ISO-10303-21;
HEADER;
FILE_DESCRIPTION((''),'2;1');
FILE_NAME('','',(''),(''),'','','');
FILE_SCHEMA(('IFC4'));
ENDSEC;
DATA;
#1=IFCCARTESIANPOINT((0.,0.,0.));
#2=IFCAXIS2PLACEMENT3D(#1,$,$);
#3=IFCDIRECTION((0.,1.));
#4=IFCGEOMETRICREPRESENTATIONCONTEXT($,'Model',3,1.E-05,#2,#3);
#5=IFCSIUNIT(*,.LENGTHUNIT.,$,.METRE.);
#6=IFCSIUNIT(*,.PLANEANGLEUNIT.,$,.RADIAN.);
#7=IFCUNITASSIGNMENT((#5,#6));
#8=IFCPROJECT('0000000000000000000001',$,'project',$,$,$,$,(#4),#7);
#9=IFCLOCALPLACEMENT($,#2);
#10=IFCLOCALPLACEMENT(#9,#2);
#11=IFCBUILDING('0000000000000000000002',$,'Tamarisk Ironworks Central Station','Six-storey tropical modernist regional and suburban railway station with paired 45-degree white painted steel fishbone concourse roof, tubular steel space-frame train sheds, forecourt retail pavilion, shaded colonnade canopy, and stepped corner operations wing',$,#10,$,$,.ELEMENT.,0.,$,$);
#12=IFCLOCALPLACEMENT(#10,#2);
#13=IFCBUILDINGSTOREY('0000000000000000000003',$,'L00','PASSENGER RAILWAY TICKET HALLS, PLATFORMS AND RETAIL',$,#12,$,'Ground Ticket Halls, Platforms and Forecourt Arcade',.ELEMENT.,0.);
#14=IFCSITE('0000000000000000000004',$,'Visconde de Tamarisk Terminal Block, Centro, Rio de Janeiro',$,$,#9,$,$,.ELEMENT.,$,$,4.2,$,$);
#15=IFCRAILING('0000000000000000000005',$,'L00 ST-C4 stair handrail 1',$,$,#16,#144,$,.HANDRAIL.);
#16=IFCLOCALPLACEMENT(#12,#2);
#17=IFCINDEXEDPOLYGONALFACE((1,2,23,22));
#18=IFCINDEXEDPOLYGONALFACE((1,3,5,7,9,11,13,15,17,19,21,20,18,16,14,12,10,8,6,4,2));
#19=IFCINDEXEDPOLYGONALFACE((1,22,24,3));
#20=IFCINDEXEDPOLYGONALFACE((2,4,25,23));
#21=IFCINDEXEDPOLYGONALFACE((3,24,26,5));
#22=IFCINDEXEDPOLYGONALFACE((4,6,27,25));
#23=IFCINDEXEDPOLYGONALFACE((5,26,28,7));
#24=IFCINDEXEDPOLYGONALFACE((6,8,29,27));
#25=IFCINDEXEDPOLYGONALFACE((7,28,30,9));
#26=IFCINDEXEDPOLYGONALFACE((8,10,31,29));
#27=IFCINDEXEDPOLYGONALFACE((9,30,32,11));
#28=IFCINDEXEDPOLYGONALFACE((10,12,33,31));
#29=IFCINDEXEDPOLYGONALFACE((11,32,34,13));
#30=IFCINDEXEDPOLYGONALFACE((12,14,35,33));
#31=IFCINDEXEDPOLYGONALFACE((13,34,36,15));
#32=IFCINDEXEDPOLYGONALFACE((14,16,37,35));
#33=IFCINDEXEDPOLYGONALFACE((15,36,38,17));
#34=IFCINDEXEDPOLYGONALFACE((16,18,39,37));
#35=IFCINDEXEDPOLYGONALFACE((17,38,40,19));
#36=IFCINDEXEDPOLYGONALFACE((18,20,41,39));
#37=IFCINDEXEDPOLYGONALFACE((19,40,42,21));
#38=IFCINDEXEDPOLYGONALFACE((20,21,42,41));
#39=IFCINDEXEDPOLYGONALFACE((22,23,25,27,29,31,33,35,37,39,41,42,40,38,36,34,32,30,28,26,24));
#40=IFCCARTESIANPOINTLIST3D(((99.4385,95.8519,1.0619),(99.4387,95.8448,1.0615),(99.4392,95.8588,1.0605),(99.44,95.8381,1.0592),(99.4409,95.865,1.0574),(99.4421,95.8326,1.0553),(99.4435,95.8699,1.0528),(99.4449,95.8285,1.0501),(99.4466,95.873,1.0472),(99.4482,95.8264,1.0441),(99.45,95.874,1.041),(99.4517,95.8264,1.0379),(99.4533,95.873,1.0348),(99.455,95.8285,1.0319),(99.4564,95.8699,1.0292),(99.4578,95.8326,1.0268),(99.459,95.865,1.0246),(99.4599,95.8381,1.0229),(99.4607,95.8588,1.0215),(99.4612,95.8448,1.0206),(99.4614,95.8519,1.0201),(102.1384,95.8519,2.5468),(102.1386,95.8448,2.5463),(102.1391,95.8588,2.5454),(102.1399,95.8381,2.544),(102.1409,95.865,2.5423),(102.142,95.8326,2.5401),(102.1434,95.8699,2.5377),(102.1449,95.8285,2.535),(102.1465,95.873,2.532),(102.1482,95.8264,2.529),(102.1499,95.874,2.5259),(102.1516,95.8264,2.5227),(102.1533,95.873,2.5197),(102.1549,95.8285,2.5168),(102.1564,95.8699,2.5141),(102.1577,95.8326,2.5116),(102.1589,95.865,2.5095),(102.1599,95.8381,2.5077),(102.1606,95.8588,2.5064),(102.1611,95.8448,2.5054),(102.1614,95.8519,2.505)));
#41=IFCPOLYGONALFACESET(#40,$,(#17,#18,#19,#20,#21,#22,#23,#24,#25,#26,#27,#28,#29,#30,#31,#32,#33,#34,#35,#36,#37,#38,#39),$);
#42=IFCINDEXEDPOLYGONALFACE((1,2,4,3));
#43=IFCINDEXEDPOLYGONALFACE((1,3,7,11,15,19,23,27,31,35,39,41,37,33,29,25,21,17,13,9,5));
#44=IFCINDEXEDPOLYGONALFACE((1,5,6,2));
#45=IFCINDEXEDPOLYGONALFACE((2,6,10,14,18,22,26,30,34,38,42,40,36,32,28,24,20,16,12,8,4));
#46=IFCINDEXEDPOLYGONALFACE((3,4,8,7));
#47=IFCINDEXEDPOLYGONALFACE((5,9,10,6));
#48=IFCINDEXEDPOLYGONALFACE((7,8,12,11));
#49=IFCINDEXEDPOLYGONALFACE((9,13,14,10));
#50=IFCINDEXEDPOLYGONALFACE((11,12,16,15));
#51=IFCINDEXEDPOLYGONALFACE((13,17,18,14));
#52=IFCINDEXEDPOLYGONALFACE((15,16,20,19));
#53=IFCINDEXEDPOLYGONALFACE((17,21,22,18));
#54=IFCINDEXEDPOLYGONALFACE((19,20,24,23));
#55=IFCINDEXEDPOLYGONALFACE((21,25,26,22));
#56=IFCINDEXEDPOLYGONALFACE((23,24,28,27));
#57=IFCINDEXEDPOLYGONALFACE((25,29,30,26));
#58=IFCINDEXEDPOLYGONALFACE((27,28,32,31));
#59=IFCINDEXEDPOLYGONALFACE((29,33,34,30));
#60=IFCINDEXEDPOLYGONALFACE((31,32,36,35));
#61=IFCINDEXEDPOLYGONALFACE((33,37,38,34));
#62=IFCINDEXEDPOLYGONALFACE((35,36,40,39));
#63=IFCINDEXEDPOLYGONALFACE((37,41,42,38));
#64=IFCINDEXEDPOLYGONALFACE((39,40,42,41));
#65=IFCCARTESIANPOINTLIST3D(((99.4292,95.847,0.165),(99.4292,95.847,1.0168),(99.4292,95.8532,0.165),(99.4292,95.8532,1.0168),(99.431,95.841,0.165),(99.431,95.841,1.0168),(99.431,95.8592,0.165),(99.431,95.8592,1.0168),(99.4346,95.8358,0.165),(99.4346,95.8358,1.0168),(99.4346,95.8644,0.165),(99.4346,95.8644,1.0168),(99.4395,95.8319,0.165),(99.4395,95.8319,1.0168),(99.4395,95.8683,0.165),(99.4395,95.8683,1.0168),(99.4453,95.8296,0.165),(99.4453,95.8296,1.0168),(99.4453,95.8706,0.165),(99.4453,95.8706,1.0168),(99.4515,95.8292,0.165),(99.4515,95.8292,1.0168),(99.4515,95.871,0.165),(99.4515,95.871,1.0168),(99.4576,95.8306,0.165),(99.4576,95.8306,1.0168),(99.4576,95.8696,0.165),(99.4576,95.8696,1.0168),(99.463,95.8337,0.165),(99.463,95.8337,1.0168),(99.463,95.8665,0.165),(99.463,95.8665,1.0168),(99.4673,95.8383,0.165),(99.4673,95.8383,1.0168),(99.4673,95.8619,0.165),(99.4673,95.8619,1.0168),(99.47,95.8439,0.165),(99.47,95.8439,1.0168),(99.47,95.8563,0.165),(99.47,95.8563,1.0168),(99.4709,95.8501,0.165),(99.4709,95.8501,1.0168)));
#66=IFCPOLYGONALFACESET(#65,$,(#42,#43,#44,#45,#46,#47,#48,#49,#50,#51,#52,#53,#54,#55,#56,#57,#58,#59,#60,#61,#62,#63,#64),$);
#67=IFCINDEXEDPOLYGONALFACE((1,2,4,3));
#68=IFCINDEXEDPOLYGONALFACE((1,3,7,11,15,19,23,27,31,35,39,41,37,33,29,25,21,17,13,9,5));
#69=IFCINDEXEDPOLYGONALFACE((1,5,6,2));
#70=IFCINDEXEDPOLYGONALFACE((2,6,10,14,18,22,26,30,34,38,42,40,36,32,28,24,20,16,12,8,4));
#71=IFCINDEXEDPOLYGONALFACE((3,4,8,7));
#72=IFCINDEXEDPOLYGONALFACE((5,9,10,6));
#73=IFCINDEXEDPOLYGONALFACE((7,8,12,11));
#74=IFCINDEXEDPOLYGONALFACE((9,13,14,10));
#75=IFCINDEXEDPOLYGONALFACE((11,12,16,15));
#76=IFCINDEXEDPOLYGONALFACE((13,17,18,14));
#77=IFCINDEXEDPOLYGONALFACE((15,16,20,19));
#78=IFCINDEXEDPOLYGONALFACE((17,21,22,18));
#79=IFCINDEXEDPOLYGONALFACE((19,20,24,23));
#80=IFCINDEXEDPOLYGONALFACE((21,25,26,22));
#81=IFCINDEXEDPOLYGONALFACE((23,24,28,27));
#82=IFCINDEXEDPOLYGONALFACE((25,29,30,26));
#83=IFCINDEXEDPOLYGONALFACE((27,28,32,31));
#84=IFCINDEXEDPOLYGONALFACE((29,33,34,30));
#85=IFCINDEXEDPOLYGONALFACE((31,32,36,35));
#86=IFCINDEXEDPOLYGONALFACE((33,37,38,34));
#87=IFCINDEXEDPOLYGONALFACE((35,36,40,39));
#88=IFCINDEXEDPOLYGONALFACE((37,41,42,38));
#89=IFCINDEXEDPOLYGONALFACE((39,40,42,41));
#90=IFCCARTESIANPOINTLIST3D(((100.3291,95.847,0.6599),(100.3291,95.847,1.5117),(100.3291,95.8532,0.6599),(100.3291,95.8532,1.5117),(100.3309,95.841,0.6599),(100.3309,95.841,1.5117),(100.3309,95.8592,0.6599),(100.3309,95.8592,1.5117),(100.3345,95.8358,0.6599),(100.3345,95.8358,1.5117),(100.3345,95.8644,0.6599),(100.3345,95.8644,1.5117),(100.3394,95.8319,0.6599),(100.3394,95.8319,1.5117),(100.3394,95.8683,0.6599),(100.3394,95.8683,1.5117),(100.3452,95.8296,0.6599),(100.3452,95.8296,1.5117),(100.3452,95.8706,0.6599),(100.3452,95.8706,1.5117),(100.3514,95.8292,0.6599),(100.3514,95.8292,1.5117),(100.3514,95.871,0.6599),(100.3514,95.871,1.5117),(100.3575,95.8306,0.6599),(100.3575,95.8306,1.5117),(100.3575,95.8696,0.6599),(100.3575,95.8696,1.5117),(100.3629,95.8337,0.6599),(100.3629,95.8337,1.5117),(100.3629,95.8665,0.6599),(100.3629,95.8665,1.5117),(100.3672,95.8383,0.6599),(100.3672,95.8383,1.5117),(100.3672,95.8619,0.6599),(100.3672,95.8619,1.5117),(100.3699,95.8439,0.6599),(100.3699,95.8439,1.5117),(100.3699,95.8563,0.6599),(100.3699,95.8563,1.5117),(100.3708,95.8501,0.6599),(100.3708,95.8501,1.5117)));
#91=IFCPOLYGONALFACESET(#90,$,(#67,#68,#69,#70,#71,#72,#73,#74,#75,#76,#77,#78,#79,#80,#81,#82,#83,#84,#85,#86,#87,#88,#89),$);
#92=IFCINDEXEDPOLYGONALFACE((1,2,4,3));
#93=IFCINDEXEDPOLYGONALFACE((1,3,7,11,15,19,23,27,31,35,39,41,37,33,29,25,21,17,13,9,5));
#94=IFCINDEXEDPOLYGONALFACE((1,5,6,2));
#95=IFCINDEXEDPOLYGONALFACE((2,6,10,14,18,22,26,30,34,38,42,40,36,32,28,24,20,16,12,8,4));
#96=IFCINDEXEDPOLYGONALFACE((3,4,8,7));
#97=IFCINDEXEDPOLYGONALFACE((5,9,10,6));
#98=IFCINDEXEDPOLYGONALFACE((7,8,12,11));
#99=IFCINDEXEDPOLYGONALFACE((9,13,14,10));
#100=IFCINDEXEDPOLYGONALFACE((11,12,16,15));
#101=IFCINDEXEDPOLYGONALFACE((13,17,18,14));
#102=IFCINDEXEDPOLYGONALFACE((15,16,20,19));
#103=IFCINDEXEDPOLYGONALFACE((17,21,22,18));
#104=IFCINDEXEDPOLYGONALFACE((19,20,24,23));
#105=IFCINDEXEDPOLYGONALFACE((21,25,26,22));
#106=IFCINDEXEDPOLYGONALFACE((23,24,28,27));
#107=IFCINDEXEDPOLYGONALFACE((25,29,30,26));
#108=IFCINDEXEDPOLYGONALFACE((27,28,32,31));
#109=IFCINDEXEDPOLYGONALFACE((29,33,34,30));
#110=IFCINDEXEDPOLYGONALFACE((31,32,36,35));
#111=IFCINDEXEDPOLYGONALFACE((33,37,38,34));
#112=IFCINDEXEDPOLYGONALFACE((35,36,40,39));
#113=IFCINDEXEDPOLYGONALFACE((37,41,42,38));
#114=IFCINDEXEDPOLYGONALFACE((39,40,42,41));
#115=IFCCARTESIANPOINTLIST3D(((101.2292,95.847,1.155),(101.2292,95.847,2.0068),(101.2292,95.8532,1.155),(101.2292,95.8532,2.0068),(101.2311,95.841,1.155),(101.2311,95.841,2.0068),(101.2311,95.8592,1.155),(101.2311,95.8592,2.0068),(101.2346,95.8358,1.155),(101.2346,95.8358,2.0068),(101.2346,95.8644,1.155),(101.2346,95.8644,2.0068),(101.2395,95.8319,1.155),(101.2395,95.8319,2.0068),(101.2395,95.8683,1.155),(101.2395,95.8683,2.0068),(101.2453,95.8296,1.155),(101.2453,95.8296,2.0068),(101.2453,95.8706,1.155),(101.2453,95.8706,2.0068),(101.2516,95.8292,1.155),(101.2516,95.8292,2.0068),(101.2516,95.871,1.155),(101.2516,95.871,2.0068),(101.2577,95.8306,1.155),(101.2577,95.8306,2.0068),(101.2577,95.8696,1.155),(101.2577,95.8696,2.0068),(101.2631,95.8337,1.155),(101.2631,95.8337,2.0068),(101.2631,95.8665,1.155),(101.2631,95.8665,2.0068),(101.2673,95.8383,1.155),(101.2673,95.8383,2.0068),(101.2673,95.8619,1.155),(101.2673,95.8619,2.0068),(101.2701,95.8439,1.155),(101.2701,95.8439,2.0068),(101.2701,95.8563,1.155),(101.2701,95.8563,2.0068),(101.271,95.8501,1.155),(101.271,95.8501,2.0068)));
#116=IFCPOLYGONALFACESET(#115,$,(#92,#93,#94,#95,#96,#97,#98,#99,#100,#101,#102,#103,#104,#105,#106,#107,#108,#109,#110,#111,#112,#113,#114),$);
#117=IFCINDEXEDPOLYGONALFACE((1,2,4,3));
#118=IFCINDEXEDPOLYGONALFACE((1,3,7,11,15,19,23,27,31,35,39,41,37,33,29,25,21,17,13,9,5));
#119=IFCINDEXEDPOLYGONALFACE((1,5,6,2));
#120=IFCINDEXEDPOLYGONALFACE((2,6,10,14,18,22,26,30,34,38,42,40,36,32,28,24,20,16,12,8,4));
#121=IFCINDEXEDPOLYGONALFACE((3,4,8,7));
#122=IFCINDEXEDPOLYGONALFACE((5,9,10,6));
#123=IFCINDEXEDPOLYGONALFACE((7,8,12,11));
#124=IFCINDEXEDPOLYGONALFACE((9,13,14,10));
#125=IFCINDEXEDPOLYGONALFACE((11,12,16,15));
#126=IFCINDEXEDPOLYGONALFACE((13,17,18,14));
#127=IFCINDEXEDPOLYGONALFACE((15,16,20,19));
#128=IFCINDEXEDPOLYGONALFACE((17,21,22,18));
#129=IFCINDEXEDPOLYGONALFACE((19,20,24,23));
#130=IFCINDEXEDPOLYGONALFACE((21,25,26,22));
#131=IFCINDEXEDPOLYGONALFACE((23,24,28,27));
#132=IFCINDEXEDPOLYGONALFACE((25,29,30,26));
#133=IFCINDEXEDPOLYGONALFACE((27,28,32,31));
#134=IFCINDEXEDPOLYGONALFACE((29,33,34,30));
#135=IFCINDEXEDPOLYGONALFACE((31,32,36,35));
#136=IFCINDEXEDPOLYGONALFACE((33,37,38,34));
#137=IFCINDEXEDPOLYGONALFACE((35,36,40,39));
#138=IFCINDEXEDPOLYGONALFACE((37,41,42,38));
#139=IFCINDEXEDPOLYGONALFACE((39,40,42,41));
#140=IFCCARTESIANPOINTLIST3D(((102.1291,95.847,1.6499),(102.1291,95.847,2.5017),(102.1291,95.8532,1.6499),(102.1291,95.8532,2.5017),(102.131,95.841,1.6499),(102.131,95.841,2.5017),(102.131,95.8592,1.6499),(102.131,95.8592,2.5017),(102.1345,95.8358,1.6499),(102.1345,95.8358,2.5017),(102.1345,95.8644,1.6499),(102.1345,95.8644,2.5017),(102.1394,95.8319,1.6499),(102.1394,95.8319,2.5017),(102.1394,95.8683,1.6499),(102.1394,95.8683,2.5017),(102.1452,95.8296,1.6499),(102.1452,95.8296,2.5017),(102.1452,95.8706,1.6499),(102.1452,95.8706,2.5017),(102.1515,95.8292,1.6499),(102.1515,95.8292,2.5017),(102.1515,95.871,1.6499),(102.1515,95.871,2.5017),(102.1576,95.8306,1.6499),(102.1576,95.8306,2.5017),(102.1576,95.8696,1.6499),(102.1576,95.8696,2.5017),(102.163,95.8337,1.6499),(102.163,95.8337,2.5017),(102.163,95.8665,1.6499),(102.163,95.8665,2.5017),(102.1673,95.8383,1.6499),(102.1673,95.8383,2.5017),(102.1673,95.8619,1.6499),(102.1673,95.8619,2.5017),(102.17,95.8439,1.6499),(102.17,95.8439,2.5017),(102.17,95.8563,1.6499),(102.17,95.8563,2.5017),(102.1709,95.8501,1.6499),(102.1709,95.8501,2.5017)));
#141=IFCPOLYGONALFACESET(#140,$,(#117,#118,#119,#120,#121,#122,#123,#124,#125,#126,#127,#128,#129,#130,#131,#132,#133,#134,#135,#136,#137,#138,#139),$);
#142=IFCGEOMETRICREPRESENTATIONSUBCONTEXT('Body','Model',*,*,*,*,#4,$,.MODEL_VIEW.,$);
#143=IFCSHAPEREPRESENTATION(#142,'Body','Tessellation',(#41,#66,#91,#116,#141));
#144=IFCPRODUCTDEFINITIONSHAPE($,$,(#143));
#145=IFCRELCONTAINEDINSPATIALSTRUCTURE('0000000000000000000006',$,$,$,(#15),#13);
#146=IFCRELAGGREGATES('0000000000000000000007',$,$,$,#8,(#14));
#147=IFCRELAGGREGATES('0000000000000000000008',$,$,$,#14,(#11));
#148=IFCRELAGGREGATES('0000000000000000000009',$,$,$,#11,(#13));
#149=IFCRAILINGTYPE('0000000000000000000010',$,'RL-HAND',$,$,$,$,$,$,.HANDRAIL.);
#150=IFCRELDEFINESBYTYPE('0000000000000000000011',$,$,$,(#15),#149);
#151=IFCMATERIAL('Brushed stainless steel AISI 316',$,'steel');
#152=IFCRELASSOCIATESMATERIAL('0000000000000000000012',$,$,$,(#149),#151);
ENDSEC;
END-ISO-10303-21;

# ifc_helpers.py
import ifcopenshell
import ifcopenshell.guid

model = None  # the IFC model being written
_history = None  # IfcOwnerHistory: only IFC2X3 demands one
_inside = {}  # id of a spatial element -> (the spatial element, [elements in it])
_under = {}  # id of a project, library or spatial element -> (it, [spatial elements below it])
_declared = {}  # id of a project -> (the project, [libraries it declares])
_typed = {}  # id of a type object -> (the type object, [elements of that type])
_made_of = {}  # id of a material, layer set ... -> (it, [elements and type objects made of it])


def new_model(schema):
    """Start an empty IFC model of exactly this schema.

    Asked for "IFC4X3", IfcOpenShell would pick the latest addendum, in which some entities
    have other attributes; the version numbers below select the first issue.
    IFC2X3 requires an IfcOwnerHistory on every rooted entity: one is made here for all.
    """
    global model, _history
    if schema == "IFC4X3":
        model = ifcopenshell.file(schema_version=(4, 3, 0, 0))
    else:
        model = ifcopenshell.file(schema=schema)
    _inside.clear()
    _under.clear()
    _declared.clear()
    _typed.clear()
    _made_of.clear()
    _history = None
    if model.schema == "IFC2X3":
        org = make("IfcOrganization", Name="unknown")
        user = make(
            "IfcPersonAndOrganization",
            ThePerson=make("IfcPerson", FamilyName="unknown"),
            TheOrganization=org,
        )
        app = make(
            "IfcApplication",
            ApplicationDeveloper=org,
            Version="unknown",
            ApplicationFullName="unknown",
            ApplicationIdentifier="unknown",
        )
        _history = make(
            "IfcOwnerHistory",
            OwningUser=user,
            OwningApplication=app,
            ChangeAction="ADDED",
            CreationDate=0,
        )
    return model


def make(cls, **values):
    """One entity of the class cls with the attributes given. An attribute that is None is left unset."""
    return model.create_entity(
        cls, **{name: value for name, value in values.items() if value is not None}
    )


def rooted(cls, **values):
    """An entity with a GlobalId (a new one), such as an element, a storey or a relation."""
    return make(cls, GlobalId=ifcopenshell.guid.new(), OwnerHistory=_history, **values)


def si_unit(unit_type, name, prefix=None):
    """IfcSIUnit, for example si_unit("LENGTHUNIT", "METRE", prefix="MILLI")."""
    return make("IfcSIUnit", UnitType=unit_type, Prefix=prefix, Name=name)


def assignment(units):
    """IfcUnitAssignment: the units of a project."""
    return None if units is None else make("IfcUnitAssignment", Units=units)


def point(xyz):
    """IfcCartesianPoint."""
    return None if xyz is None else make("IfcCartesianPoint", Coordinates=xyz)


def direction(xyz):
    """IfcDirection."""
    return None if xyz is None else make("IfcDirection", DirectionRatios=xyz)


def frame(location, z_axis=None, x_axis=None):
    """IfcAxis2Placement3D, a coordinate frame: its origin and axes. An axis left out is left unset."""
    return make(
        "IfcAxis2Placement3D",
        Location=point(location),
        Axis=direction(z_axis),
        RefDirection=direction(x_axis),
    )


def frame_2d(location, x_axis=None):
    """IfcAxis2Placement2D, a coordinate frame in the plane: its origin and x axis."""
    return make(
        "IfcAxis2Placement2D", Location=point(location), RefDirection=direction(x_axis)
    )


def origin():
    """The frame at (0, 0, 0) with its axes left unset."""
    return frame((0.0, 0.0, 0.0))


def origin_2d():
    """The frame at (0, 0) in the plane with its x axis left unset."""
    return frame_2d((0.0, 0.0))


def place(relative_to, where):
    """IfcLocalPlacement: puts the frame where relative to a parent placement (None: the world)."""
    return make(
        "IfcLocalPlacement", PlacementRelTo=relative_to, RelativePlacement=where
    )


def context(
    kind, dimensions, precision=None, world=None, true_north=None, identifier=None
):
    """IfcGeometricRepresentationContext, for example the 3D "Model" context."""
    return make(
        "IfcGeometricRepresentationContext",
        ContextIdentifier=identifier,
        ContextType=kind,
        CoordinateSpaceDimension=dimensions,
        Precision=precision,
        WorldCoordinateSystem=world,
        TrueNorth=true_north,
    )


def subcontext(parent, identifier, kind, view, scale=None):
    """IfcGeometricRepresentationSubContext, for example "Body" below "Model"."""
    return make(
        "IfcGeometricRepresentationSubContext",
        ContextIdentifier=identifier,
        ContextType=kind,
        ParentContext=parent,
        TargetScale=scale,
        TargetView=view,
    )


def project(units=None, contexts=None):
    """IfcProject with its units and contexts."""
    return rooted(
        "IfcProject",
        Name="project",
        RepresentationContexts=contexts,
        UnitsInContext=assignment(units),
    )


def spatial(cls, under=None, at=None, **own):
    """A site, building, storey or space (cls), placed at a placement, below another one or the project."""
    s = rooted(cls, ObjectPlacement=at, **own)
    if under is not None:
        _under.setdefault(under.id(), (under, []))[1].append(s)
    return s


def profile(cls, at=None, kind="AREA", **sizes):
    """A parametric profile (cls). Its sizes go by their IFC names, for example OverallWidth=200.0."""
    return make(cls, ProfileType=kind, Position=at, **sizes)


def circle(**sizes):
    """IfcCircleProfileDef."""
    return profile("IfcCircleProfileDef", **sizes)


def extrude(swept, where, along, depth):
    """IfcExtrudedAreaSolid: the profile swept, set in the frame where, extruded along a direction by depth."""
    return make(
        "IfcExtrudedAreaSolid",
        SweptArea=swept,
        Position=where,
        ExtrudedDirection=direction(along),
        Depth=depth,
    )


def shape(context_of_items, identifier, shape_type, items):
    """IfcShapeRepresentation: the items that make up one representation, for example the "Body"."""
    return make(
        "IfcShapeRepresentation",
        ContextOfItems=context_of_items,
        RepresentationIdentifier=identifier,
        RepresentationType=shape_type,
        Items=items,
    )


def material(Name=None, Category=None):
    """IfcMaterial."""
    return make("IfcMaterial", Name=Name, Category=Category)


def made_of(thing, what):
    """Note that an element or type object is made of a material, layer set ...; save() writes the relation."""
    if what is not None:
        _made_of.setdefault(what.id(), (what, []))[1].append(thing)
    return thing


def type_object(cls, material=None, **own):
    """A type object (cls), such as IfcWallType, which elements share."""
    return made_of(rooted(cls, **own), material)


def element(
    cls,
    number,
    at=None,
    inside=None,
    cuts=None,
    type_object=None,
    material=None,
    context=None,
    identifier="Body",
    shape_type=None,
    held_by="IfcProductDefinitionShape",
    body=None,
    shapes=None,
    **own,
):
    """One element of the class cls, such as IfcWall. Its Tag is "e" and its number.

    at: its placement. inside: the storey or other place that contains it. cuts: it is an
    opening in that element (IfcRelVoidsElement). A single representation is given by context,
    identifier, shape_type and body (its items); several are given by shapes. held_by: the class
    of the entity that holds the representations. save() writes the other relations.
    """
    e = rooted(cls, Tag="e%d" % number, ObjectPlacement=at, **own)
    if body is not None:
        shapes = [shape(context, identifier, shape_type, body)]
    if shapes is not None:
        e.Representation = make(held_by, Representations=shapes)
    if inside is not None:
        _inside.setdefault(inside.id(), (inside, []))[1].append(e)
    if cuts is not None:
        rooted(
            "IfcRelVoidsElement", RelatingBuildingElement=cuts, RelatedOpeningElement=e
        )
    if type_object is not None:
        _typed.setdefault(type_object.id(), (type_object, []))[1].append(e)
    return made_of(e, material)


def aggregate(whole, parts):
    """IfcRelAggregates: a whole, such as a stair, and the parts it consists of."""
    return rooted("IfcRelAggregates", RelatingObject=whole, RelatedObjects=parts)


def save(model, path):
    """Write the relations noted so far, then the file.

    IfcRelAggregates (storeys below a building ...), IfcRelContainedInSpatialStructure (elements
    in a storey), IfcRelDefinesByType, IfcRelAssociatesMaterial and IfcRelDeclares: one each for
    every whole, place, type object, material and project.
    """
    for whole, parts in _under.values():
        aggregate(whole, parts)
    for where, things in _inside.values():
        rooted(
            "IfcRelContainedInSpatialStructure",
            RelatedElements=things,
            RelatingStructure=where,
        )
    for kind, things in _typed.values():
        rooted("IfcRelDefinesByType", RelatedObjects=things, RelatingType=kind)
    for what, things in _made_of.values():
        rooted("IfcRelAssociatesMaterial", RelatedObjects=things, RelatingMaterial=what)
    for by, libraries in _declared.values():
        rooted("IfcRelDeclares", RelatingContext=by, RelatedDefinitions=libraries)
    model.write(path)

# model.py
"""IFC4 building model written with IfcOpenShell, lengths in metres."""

from ifc_helpers import new_model, si_unit, direction, frame, origin, origin_2d, place, context, subcontext, project, spatial, circle, extrude, material, type_object, element, save


model = new_model("IFC4")

# Units and contexts
model_context = context("Model", 3, precision=1e-05, world=origin(), true_north=direction((0.0, 1.0)))
body_context = subcontext(model_context, "Body", "Model", "MODEL_VIEW")
ifc_project = project(units=[si_unit("LENGTHUNIT", "METRE"), si_unit("PLANEANGLEUNIT", "RADIAN")], contexts=[model_context])

# Site, building, storey
site_placement = place(None, origin())
site = spatial("IfcSite", under=ifc_project, at=site_placement, Name="Visconde de Tamarisk Terminal Block, Centro, Rio de Janeiro", CompositionType="ELEMENT", RefElevation=4.2)
building_placement = place(site_placement, origin())
building = spatial("IfcBuilding", under=site, at=building_placement, Name="Tamarisk Ironworks Central Station", Description="Six-storey tropical modernist regional and suburban railway station with paired 45-degree white painted steel fishbone concourse roof, tubular steel space-frame train sheds, forecourt retail pavilion, shaded colonnade canopy, and stepped corner operations wing", CompositionType="ELEMENT", ElevationOfRefHeight=0.0)
storey_placement = place(building_placement, origin())
storey = spatial("IfcBuildingStorey", under=building, at=storey_placement, Name="L00", Description="PASSENGER RAILWAY TICKET HALLS, PLATFORMS AND RETAIL", LongName="Ground Ticket Halls, Platforms and Forecourt Arcade", CompositionType="ELEMENT", Elevation=0.0)

# Railing
ifc_material_1 = material(Name="Brushed stainless steel AISI 316", Category="steel")
railing_type_1 = type_object("IfcRailingType", Name="RL-HAND", PredefinedType="HANDRAIL", material=ifc_material_1)
for number, where, name in (
    (1, (99.45, 95.8501, 0.165), "L00 ST-C4 stair handrail 1"),
):
    element("IfcRailing", number, at=place(storey_placement, frame(where)), inside=storey, type_object=railing_type_1, Name=name, PredefinedType="HANDRAIL", context=body_context, shape_type="SweptSolid", body=[
        extrude(circle(Radius=0.0239, at=origin_2d()), frame((0.0, 0.0, 0.876), z_axis=(0.876231, 0.0, 0.481891), x_axis=(0.0, 1.0, 0.0)), (0.0, 0.0, 1.0), 3.0813),
        extrude(circle(Radius=0.021, at=origin_2d()), origin(), (0.0, 0.0, 1.0), 0.8518),
        extrude(circle(Radius=0.021, at=origin_2d()), frame((0.8999, 0.0, 0.4949)), (0.0, 0.0, 1.0), 0.8518),
        extrude(circle(Radius=0.021, at=origin_2d()), frame((1.8, 0.0, 0.99)), (0.0, 0.0, 1.0), 0.8518),
        extrude(circle(Radius=0.021, at=origin_2d()), frame((2.7, 0.0, 1.4849)), (0.0, 0.0, 1.0), 0.8518),
    ])

save(model, "model.ifc")
